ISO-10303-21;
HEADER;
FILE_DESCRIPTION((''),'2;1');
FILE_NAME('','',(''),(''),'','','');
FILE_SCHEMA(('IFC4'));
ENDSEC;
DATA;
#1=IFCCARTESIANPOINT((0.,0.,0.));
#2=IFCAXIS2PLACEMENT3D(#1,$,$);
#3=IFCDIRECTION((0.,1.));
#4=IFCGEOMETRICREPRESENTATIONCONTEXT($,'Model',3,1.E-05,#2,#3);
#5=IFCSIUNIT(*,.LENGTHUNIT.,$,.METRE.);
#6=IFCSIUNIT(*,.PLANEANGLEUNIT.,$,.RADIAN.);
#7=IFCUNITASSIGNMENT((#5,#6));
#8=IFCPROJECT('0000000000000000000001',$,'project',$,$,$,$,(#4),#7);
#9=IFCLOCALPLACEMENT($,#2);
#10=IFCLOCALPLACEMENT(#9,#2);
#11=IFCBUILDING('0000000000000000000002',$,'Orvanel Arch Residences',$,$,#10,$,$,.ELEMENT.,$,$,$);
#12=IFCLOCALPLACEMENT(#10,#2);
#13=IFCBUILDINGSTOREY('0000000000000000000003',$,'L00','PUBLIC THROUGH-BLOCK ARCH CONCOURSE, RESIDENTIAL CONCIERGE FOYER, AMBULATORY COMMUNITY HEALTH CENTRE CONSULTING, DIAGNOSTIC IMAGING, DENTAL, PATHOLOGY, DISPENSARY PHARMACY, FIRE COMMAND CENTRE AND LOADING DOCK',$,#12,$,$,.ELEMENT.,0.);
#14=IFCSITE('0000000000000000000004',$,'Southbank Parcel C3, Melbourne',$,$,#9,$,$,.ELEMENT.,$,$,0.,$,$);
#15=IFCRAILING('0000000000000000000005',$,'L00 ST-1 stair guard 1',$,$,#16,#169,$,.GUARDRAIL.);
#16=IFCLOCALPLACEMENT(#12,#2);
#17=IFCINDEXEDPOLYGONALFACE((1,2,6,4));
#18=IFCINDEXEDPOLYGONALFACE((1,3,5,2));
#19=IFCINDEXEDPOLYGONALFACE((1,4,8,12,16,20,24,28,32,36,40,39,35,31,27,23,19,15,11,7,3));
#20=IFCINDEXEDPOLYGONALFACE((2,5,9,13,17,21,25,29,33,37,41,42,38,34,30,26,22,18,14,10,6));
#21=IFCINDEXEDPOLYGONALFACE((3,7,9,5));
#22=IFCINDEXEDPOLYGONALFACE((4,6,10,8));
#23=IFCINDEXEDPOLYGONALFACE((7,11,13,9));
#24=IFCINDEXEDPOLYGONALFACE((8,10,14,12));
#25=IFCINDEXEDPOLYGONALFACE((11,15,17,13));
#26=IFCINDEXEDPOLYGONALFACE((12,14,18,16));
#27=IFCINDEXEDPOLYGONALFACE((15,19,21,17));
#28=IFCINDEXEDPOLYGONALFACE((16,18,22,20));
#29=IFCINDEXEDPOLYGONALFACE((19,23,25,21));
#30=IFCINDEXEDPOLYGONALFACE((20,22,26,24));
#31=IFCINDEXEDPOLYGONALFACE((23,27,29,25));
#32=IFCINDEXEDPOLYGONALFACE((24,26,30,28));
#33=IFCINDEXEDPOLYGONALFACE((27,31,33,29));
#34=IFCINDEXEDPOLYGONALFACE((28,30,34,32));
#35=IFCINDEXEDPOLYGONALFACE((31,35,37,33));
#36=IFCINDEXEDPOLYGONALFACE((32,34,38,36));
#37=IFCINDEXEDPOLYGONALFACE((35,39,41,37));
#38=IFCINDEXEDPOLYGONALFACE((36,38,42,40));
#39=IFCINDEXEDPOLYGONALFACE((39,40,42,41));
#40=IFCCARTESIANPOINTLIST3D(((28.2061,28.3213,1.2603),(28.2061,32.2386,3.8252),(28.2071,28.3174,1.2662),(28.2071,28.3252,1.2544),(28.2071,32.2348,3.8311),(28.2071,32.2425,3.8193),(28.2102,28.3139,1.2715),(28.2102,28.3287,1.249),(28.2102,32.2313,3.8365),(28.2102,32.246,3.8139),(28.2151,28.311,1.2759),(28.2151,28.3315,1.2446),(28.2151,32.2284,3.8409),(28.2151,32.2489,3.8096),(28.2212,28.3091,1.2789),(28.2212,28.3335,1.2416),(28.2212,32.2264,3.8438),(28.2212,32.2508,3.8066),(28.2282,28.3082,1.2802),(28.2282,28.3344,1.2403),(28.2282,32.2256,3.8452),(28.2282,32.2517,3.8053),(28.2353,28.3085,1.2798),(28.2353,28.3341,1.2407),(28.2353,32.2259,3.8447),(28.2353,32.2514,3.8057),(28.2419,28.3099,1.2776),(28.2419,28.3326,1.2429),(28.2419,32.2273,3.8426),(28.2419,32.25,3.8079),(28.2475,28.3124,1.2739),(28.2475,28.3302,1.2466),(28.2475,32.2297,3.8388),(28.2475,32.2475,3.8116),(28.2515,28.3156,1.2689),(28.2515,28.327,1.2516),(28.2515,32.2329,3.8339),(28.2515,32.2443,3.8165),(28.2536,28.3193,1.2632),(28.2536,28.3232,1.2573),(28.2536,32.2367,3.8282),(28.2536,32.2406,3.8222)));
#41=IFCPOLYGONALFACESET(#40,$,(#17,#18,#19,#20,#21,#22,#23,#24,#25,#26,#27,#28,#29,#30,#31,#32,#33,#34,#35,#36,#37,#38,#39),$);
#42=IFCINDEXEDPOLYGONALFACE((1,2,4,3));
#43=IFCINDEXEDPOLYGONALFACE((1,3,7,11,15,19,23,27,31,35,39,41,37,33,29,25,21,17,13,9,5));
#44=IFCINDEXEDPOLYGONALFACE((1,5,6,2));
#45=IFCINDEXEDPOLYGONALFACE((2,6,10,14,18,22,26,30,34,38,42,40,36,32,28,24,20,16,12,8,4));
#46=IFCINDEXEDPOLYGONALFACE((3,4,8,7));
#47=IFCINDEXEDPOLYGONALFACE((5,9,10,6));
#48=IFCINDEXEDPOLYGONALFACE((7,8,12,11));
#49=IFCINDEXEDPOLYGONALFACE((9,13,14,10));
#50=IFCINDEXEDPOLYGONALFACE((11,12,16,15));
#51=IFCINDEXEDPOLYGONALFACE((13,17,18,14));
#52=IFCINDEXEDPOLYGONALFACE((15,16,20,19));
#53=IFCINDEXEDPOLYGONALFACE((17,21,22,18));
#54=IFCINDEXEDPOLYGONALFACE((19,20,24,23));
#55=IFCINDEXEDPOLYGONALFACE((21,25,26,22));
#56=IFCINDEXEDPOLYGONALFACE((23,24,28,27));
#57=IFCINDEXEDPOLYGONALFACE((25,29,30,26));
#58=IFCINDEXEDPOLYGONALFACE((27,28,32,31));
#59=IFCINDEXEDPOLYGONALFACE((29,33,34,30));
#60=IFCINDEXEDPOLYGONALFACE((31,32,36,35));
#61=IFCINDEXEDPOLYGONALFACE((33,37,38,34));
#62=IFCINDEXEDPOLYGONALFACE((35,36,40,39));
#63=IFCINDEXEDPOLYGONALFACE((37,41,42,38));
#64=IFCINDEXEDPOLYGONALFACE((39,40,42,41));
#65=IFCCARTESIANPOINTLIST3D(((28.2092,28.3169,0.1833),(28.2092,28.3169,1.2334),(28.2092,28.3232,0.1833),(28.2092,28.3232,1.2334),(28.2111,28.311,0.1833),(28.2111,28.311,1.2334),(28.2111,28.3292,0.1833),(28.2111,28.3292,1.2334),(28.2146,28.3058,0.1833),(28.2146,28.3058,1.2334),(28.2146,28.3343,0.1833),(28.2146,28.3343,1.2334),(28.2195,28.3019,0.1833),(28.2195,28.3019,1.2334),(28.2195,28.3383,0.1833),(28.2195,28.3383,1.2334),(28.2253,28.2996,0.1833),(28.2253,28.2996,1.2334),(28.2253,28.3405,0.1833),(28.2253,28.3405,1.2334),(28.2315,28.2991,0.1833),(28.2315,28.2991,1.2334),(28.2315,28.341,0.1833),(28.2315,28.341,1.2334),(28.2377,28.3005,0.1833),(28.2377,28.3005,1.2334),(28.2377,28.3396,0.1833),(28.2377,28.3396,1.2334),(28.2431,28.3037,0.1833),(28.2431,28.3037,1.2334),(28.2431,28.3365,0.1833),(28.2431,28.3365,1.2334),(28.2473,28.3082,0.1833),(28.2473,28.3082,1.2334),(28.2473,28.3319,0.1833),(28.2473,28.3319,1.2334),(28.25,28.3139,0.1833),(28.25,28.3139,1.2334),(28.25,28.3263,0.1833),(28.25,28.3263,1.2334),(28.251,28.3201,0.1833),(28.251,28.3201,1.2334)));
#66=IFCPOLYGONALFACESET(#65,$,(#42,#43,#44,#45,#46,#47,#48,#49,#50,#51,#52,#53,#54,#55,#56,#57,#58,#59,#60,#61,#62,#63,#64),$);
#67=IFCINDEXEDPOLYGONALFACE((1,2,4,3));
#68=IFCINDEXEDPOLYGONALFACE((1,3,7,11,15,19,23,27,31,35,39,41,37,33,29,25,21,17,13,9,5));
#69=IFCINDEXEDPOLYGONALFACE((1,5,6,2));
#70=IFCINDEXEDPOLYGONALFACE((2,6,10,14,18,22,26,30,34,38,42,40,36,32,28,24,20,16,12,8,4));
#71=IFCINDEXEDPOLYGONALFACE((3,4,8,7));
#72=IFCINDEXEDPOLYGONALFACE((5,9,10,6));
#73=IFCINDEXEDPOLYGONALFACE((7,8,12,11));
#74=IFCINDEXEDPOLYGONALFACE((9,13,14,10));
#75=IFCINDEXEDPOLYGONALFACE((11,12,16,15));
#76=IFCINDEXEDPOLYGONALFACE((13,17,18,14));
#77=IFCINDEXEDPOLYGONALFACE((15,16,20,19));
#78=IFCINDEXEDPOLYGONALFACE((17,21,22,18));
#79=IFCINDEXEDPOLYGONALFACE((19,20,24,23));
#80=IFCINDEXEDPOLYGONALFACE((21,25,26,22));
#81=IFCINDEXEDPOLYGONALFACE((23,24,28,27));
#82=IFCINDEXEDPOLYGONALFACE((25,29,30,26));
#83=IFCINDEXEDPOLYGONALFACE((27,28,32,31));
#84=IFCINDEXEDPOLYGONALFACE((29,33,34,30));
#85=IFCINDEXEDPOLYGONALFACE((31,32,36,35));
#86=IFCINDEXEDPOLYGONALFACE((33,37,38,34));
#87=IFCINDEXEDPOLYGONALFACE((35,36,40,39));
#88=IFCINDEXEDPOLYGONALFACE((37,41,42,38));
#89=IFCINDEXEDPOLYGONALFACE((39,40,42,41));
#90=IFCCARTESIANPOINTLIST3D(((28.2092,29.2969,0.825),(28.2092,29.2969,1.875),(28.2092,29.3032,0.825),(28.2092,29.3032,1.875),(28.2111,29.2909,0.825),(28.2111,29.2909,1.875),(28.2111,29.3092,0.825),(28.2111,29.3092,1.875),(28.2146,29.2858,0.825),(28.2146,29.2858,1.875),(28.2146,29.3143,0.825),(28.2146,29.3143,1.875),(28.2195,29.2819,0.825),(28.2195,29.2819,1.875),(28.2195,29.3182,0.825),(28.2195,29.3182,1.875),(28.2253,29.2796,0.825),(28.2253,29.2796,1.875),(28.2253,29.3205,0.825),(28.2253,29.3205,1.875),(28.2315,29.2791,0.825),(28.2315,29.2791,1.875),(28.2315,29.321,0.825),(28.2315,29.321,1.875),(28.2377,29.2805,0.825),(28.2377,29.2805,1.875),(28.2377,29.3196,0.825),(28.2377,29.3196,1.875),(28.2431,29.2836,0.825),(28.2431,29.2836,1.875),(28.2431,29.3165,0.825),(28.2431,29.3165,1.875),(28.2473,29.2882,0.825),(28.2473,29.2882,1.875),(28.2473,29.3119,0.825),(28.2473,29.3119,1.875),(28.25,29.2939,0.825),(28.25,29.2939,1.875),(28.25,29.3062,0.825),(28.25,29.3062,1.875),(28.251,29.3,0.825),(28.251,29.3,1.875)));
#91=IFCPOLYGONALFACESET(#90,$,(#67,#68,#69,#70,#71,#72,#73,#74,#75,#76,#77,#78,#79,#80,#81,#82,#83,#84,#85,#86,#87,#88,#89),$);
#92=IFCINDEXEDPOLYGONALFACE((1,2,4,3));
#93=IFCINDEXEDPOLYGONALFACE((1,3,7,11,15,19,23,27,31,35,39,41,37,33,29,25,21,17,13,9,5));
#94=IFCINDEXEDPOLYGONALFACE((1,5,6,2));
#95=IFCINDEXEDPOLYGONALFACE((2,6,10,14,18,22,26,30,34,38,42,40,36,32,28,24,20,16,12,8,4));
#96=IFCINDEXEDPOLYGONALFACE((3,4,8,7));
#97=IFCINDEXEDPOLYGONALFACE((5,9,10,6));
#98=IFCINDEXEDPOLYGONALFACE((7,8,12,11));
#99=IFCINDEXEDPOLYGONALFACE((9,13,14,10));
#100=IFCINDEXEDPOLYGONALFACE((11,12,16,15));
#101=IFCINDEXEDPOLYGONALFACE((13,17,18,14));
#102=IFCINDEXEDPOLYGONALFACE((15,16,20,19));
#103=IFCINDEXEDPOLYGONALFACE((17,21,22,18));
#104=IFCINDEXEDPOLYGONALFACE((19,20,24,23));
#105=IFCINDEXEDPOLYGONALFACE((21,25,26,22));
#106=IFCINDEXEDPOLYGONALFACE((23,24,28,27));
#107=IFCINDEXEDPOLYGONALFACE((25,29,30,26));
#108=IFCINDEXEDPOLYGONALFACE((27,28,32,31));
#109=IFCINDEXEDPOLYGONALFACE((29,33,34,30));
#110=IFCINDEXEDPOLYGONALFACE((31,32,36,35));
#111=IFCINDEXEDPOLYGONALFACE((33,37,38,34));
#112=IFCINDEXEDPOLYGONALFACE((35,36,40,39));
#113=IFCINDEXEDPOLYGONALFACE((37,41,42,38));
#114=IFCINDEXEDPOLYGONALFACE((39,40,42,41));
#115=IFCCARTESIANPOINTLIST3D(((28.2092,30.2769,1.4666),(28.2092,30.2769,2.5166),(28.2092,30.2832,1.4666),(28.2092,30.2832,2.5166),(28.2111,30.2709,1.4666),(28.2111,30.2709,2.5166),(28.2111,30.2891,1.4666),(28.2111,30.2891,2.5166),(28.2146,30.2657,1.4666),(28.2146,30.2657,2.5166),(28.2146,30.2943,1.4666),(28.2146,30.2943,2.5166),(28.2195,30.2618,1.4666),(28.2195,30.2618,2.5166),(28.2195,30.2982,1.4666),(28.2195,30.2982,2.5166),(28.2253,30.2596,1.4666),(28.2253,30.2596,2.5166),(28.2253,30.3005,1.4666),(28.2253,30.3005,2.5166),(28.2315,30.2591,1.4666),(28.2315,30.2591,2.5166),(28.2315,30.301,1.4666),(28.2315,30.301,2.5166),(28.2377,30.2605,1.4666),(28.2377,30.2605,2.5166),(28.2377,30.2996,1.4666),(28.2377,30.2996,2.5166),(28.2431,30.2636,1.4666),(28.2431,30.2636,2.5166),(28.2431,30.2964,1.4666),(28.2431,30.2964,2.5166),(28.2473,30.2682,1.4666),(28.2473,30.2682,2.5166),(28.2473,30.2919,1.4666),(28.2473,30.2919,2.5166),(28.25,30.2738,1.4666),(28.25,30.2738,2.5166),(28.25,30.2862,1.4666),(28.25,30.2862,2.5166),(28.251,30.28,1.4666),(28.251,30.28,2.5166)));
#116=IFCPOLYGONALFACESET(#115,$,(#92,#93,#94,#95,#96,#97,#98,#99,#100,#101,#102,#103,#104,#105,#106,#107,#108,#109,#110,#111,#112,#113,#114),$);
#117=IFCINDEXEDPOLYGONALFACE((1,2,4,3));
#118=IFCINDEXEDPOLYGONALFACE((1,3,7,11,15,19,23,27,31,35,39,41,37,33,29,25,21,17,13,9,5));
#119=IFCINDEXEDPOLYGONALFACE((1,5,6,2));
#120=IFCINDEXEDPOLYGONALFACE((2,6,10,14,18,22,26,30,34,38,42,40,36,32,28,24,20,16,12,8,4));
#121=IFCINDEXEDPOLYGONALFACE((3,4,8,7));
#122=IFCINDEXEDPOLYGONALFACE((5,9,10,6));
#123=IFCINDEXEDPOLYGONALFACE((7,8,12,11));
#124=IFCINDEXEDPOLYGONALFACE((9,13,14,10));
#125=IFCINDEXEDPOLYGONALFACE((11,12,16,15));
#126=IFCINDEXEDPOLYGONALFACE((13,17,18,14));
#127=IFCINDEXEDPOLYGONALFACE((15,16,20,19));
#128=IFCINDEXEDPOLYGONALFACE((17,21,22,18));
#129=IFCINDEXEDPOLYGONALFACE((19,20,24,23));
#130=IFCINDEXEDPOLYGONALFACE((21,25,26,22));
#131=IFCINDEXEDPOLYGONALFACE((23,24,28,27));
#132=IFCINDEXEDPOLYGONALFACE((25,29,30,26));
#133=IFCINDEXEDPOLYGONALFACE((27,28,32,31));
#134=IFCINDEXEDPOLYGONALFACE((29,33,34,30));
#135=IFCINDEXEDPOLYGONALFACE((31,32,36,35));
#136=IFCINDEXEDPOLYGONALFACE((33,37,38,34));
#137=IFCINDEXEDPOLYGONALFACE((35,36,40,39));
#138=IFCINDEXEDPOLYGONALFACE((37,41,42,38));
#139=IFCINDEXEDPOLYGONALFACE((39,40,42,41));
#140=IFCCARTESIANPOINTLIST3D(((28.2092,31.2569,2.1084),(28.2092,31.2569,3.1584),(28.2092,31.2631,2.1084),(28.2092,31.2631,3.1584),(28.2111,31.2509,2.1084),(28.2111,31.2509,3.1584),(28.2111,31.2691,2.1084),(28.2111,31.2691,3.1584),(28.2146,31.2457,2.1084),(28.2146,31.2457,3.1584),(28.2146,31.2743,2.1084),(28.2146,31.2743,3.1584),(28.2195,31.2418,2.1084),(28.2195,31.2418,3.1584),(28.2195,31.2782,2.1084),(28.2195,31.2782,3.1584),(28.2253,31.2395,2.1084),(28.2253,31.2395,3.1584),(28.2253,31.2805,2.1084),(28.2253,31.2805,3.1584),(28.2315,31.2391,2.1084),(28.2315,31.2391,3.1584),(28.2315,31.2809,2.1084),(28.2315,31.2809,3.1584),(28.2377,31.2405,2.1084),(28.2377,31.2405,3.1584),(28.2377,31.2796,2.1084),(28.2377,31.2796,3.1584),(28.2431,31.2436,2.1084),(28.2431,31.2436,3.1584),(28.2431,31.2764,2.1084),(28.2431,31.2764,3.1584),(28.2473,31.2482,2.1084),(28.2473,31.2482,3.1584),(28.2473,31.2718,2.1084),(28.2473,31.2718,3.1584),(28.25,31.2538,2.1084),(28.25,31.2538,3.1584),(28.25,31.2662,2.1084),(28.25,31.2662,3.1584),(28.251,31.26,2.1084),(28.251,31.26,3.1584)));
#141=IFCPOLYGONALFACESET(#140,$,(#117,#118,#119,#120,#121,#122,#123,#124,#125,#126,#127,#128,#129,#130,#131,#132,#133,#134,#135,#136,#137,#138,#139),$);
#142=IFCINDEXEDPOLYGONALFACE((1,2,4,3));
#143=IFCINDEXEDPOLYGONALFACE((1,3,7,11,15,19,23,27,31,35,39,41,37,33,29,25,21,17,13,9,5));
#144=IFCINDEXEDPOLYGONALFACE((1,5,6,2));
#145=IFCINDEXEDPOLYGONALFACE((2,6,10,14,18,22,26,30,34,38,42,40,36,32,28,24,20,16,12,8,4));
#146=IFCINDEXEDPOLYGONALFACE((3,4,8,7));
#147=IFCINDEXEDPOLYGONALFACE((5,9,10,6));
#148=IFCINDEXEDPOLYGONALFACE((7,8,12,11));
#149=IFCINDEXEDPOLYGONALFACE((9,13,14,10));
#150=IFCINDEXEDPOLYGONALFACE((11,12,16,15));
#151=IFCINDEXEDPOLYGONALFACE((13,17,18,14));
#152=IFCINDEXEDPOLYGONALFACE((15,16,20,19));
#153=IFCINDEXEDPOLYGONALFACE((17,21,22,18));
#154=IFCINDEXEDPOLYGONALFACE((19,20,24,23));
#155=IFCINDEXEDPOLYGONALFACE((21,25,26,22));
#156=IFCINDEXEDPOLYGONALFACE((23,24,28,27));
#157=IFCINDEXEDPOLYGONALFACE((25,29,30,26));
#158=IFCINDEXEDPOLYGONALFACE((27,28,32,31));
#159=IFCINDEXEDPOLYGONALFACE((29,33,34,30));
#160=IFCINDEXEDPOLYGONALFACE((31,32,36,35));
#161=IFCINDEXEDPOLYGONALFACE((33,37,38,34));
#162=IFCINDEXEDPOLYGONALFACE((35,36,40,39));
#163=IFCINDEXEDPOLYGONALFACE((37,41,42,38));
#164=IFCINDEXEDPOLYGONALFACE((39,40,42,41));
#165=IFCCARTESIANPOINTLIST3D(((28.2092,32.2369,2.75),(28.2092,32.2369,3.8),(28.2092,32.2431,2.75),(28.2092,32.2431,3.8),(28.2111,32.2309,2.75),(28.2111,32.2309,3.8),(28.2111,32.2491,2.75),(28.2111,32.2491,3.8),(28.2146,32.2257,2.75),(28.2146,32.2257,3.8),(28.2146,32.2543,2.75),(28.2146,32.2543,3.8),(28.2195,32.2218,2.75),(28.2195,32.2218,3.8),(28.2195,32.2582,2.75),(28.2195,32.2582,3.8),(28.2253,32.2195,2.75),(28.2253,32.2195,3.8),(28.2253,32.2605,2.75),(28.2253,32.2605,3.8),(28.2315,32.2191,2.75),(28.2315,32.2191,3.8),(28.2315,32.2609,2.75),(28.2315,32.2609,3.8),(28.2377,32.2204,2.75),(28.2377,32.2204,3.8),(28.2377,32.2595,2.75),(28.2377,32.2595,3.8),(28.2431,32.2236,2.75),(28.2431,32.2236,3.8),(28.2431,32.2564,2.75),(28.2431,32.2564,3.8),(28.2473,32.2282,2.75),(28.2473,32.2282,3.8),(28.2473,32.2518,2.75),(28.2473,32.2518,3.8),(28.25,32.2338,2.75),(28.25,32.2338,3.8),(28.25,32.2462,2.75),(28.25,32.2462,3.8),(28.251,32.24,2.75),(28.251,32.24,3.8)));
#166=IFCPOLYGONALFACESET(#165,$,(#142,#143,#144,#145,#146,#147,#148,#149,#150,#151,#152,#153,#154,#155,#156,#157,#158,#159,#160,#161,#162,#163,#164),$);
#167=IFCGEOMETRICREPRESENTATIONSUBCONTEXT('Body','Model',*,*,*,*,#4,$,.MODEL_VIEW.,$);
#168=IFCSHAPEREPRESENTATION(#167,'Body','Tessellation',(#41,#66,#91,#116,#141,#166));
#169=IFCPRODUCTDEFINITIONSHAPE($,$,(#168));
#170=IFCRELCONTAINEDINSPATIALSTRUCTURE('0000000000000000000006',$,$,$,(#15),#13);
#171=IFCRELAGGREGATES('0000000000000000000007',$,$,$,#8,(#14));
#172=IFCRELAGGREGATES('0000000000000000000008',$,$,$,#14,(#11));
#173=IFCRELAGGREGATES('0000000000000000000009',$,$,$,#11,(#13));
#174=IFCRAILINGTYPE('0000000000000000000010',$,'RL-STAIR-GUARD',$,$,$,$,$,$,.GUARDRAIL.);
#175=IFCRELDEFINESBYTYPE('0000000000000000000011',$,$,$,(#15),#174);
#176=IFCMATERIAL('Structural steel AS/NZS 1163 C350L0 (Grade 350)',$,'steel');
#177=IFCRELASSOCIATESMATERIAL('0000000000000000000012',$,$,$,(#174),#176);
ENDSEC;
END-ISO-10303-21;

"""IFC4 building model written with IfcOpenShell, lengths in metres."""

from ifc_helpers import new_model, si_unit, direction, frame, origin, origin_2d, place, context, subcontext, project, spatial, circle, extrude, material, type_object, element, save


model = new_model("IFC4")

# Units and contexts
model_context = context("Model", 3, precision=1e-05, world=origin(), true_north=direction((0.0, 1.0)))
body_context = subcontext(model_context, "Body", "Model", "MODEL_VIEW")
ifc_project = project(units=[si_unit("LENGTHUNIT", "METRE"), si_unit("PLANEANGLEUNIT", "RADIAN")], contexts=[model_context])

# Site, building, storey
site_placement = place(None, origin())
site = spatial("IfcSite", under=ifc_project, at=site_placement, Name="Southbank Parcel C3, Melbourne", CompositionType="ELEMENT", RefElevation=0.0)
building_placement = place(site_placement, origin())
building = spatial("IfcBuilding", under=site, at=building_placement, Name="Orvanel Arch Residences", CompositionType="ELEMENT")
storey_placement = place(building_placement, origin())
storey = spatial("IfcBuildingStorey", under=building, at=storey_placement, Name="L00", Description="PUBLIC THROUGH-BLOCK ARCH CONCOURSE, RESIDENTIAL CONCIERGE FOYER, AMBULATORY COMMUNITY HEALTH CENTRE CONSULTING, DIAGNOSTIC IMAGING, DENTAL, PATHOLOGY, DISPENSARY PHARMACY, FIRE COMMAND CENTRE AND LOADING DOCK", CompositionType="ELEMENT", Elevation=0.0)

# Railing
ifc_material_1 = material(Name="Structural steel AS/NZS 1163 C350L0 (Grade 350)", Category="steel")
railing_type_1 = type_object("IfcRailingType", Name="RL-STAIR-GUARD", PredefinedType="GUARDRAIL", material=ifc_material_1)
railing_1_placement = place(storey_placement, frame((28.23, 28.3201, 0.1833)))
element("IfcRailing", 1, at=railing_1_placement, inside=storey, type_object=railing_type_1, Name="L00 ST-1 stair guard 1", PredefinedType="GUARDRAIL", context=body_context, shape_type="SweptSolid", body=[
    extrude(circle(Radius=0.0239, at=origin_2d()), frame((0.0, 0.0012, 1.0769), z_axis=(0.0, 0.836615, 0.547791), x_axis=(-1.0, 0.0, 0.0)), (0.0, 0.0, 1.0), 4.6824),
    extrude(circle(Radius=0.021, at=origin_2d()), origin(), (0.0, 0.0, 1.0), 1.05),
    extrude(circle(Radius=0.021, at=origin_2d()), frame((0.0, 0.98, 0.6416)), (0.0, 0.0, 1.0), 1.05),
    extrude(circle(Radius=0.021, at=origin_2d()), frame((0.0, 1.96, 1.2832)), (0.0, 0.0, 1.0), 1.05),
    extrude(circle(Radius=0.021, at=origin_2d()), frame((0.0, 2.9399, 1.925)), (0.0, 0.0, 1.0), 1.05),
    extrude(circle(Radius=0.021, at=origin_2d()), frame((0.0, 3.9199, 2.5667)), (0.0, 0.0, 1.0), 1.05),
])

save(model, "model.ifc")
